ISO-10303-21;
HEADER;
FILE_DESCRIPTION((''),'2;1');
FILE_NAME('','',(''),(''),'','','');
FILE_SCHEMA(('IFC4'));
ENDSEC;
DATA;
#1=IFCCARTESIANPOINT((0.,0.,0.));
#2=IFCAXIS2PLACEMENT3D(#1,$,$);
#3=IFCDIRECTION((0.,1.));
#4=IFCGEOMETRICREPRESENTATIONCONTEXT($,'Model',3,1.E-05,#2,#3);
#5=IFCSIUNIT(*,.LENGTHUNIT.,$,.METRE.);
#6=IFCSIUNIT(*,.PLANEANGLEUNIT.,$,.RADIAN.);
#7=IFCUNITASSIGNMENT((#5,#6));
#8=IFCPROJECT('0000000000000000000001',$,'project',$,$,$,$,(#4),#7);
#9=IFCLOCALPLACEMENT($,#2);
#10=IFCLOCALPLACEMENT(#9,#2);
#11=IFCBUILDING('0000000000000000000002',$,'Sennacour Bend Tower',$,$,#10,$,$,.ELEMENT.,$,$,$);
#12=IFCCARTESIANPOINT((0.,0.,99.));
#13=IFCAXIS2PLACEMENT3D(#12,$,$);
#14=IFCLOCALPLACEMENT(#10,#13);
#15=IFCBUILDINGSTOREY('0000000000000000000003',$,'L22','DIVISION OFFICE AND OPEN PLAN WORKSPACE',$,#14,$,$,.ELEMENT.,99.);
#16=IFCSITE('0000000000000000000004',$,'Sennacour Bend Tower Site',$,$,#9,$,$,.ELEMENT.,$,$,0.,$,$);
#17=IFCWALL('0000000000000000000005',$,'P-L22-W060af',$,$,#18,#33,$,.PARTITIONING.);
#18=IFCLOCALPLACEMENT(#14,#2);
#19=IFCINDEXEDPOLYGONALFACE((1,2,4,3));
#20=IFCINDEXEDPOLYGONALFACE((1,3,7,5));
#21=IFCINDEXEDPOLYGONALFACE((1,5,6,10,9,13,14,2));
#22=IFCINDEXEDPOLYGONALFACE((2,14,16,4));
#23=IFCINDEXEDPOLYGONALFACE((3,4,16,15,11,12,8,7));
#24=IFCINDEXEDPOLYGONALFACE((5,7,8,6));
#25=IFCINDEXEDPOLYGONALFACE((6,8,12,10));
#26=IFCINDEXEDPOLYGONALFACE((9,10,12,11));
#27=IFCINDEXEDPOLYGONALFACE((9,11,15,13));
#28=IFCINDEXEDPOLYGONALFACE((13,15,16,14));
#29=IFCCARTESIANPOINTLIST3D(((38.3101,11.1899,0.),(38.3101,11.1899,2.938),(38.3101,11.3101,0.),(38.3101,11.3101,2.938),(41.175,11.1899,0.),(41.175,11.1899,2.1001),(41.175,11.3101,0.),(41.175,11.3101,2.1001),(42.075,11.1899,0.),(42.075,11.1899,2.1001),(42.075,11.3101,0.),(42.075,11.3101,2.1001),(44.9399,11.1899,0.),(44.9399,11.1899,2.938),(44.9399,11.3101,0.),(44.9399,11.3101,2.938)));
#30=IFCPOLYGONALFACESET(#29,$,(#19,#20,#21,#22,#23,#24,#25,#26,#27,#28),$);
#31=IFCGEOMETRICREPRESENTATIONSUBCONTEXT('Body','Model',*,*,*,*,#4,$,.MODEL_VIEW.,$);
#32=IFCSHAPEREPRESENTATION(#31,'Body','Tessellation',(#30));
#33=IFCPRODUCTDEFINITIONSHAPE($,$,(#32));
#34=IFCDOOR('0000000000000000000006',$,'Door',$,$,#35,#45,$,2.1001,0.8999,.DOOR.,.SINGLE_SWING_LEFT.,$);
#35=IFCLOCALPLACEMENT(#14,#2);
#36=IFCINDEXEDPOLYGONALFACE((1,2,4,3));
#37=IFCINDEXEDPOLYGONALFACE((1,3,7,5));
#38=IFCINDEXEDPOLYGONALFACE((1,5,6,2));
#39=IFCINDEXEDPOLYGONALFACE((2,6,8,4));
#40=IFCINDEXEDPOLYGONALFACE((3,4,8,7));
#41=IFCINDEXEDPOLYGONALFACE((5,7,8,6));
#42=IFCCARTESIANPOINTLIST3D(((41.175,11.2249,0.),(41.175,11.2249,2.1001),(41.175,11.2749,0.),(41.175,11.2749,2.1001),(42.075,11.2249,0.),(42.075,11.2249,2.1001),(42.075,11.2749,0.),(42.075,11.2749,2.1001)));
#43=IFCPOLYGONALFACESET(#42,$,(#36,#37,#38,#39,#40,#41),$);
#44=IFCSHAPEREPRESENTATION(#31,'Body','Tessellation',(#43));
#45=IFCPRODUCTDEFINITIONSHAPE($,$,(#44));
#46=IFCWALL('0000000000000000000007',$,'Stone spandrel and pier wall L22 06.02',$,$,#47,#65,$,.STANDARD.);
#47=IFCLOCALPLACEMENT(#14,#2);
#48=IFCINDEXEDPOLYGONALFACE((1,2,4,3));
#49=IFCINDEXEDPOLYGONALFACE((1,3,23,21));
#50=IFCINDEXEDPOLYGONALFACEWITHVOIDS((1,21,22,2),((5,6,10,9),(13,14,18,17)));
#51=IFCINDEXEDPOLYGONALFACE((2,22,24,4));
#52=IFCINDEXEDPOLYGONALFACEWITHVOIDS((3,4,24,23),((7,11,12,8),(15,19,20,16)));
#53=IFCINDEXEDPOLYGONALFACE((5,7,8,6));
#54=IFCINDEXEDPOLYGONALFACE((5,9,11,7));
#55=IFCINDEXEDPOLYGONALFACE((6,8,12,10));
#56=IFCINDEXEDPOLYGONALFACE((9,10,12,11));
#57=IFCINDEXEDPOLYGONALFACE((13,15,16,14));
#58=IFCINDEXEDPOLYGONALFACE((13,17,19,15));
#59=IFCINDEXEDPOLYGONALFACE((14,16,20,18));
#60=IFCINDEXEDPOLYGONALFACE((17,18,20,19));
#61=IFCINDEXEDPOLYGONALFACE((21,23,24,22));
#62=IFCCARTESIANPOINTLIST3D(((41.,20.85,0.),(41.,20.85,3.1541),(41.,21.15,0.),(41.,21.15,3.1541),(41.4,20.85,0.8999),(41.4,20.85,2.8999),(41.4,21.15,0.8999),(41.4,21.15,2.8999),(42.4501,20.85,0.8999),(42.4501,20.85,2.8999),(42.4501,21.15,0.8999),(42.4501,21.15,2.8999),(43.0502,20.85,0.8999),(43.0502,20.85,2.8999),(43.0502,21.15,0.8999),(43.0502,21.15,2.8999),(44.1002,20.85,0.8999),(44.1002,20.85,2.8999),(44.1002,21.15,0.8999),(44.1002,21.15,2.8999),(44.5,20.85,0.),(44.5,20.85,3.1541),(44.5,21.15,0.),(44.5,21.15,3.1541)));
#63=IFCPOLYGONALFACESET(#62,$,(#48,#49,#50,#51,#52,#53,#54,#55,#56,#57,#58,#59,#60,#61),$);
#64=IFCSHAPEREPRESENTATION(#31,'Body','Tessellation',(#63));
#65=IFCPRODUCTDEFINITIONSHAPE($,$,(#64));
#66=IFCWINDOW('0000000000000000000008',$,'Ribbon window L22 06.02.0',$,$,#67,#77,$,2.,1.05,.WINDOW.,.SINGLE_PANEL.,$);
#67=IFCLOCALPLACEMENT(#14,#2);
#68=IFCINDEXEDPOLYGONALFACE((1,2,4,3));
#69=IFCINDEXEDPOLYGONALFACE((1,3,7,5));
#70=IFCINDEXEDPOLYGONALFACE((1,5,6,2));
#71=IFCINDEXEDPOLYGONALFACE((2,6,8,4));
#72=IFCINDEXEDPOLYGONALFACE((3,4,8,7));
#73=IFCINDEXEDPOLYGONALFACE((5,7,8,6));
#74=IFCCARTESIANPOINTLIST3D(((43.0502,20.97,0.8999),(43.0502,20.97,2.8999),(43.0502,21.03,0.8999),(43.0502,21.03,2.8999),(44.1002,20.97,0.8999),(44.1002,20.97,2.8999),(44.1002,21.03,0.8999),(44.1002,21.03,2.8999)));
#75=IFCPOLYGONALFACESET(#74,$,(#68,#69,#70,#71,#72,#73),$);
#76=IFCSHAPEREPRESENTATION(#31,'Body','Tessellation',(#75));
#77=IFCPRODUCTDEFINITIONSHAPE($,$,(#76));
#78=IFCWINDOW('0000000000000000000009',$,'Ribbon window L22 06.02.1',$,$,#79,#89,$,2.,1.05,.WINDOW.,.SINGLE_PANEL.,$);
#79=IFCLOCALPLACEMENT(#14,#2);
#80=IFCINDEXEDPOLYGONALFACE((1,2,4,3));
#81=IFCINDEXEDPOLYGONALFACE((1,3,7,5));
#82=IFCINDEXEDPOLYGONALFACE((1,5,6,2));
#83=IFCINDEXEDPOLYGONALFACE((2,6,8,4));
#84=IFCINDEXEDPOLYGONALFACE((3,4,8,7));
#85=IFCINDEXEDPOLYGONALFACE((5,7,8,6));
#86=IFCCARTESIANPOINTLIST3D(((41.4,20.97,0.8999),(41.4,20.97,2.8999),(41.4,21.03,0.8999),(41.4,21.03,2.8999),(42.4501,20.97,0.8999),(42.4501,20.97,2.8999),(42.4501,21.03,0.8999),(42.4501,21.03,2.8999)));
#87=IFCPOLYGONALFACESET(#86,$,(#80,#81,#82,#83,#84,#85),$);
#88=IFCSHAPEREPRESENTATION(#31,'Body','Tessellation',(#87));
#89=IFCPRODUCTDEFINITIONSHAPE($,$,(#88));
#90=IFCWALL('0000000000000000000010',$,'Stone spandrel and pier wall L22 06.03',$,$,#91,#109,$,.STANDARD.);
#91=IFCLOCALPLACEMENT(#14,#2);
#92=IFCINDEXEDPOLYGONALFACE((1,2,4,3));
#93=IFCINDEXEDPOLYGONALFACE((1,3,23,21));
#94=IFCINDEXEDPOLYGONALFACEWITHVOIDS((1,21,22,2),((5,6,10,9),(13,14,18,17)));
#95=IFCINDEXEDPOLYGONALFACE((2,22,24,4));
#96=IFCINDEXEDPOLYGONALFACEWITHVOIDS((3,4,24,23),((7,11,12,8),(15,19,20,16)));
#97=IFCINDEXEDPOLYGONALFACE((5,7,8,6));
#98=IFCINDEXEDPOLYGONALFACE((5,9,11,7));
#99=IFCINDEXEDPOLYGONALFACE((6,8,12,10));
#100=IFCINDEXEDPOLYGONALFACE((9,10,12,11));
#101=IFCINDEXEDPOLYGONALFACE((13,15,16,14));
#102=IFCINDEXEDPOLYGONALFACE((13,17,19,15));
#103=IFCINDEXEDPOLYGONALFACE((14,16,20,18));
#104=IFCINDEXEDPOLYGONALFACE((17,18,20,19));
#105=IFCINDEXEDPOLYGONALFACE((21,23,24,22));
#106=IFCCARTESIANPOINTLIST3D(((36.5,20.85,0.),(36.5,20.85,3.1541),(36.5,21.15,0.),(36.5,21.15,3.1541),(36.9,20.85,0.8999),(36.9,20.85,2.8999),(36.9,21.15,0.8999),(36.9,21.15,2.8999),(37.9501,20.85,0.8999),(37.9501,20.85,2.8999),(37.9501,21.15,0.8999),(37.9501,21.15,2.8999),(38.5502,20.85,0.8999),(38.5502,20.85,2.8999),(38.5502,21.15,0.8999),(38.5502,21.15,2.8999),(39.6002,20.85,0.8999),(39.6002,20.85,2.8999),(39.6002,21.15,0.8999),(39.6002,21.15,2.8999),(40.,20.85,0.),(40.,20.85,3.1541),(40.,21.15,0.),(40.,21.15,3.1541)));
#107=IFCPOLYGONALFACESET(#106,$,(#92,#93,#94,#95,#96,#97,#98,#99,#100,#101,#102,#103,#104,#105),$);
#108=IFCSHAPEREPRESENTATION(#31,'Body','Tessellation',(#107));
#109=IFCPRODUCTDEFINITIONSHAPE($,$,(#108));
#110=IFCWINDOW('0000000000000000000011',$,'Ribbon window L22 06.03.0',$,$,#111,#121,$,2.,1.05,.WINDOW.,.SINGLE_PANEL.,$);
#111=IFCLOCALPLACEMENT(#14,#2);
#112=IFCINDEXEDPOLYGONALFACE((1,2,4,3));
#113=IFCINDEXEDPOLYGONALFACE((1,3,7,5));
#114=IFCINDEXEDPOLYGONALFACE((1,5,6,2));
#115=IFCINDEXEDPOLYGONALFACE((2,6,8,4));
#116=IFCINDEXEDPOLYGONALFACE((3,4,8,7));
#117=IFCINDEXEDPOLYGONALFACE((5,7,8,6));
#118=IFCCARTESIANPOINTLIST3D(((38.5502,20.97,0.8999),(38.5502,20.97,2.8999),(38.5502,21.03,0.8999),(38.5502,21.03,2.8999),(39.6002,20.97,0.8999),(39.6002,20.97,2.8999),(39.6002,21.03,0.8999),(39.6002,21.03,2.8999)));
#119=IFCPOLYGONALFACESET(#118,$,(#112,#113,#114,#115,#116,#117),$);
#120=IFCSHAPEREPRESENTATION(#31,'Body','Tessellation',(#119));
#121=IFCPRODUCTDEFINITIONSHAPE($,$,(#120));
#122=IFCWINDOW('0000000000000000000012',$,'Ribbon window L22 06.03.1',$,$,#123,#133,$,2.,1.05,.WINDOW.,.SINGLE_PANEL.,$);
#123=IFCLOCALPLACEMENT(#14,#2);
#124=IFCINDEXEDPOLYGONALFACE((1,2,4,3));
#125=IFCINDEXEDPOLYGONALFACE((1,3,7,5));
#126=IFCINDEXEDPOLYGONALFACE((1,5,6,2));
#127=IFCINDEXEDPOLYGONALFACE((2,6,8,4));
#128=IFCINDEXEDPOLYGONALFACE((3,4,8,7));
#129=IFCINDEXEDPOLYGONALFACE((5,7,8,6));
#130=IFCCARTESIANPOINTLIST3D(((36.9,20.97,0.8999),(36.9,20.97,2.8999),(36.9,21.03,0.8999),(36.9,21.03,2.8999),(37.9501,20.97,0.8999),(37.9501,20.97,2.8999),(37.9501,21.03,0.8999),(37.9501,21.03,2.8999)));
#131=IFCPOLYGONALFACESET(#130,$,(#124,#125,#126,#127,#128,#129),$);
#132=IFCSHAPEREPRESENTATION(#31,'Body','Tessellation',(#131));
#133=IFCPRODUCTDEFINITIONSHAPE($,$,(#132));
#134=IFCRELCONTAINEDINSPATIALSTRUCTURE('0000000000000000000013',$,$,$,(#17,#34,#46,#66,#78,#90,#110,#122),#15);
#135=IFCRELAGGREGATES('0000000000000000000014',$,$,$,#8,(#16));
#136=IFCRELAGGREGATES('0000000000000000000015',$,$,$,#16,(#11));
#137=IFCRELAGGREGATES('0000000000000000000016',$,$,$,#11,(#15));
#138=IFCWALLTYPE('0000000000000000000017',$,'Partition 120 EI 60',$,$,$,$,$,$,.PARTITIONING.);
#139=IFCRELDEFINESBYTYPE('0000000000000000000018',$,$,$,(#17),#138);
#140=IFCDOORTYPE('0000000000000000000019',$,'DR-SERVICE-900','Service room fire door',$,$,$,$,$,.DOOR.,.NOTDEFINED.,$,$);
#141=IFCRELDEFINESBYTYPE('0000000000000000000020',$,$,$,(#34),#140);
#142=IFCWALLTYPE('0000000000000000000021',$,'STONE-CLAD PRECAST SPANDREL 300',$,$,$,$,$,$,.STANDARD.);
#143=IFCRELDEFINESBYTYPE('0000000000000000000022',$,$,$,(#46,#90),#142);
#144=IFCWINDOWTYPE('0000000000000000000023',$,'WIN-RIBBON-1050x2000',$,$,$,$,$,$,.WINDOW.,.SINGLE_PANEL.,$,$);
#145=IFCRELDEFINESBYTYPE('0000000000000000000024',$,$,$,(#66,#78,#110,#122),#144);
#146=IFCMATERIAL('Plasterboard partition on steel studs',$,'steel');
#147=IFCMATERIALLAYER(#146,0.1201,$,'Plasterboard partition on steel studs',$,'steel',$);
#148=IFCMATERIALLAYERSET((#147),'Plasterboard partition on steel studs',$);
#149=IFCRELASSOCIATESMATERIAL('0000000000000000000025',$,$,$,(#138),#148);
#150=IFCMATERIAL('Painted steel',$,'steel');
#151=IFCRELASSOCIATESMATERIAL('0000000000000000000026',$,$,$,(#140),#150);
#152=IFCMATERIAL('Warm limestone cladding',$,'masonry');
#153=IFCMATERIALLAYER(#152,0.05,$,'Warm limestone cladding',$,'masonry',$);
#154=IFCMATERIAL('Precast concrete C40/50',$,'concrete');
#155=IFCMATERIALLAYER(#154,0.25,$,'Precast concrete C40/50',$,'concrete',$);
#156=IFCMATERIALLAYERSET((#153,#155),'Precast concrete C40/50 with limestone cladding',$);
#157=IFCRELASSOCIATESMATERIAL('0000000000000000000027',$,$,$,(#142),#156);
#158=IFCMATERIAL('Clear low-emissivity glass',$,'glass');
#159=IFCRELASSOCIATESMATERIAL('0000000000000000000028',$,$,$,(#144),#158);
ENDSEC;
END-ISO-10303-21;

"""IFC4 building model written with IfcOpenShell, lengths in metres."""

from ifc_helpers import new_model, si_unit, direction, frame, frame_2d, origin, place, context, subcontext, project, spatial, rectangle, extrude, material, layer, layer_set, type_object, element, fill, save


model = new_model("IFC4")

# Units and contexts
model_context = context("Model", 3, precision=1e-05, world=origin(), true_north=direction((0.0, 1.0)))
body_context = subcontext(model_context, "Body", "Model", "MODEL_VIEW")
ifc_project = project(units=[si_unit("LENGTHUNIT", "METRE"), si_unit("PLANEANGLEUNIT", "RADIAN")], contexts=[model_context])

# Site, building, storey
site_placement = place(None, origin())
site = spatial("IfcSite", under=ifc_project, at=site_placement, Name="Sennacour Bend Tower Site", CompositionType="ELEMENT", RefElevation=0.0)
building_placement = place(site_placement, origin())
building = spatial("IfcBuilding", under=site, at=building_placement, Name="Sennacour Bend Tower", CompositionType="ELEMENT")
storey_placement = place(building_placement, frame((0.0, 0.0, 99.0)))
storey = spatial("IfcBuildingStorey", under=building, at=storey_placement, Name="L22", Description="DIVISION OFFICE AND OPEN PLAN WORKSPACE", CompositionType="ELEMENT", Elevation=99.0)

# Shared definitions
ifc_material_1 = material(Name="Plasterboard partition on steel studs", Category="steel")

# Wall, opening, door
ifc_layer_1 = layer(ifc_material_1, 0.1201, Name="Plasterboard partition on steel studs", Category="steel")
ifc_layer_set_1 = layer_set([ifc_layer_1], Name="Plasterboard partition on steel studs")
wall_type_1 = type_object("IfcWallType", Name="Partition 120 EI 60", PredefinedType="PARTITIONING", material=ifc_layer_set_1)
wall_1_placement = place(storey_placement, frame((38.3101, 11.25, 0.0), z_axis=(0.0, 0.0, 1.0), x_axis=(1.0, 0.0, 0.0)))
wall_1 = element("IfcWall", 1, at=wall_1_placement, inside=storey, type_object=wall_type_1, Name="P-L22-W060af", PredefinedType="PARTITIONING", context=body_context, shape_type="SweptSolid", body=[
    extrude(rectangle(XDim=6.6299, YDim=0.1201, at=frame_2d((3.3149, 0.0))), origin(), (0.0, 0.0, 1.0), 2.938),
])
opening_1_placement = place(wall_1_placement, frame((2.865, 0.0, 0.0)))
opening_1 = element("IfcOpeningElement", 2, at=opening_1_placement, cuts=wall_1, PredefinedType="OPENING", context=body_context, shape_type="SweptSolid", body=[
    extrude(rectangle(XDim=0.8999, YDim=2.1001, at=frame_2d((0.45, 1.05))), frame((0.0, 0.0701, 0.0), z_axis=(0.0, -1.0, 0.0), x_axis=(1.0, 0.0, 0.0)), (0.0, 0.0, 1.0), 0.1401),
])
ifc_material_2 = material(Name="Painted steel", Category="steel")
door_type = type_object("IfcDoorType", Name="DR-SERVICE-900", Description="Service room fire door", OperationType="NOTDEFINED", PredefinedType="DOOR", material=ifc_material_2)
door_placement = place(opening_1_placement, origin())
door = element("IfcDoor", 3, at=door_placement, inside=storey, type_object=door_type, Name="Door", OperationType="SINGLE_SWING_LEFT", OverallHeight=2.1001, OverallWidth=0.8999, PredefinedType="DOOR", context=body_context, shape_type="SweptSolid", body=[
    extrude(rectangle(XDim=0.8999, YDim=2.1001, at=frame_2d((0.45, 1.05))), frame((0.0, 0.0249, 0.0), z_axis=(0.0, -1.0, 0.0), x_axis=(1.0, 0.0, 0.0)), (0.0, 0.0, 1.0), 0.05),
])
fill(opening_1, door)

# Walls, openings, windows
ifc_material_3 = material(Name="Warm limestone cladding", Category="masonry")
ifc_layer_2 = layer(ifc_material_3, 0.05, Name="Warm limestone cladding", Category="masonry")
ifc_material_4 = material(Name="Precast concrete C40/50", Category="concrete")
ifc_layer_3 = layer(ifc_material_4, 0.25, Name="Precast concrete C40/50", Category="concrete")
ifc_layer_set_2 = layer_set([ifc_layer_2, ifc_layer_3], Name="Precast concrete C40/50 with limestone cladding")
wall_type_2 = type_object("IfcWallType", Name="STONE-CLAD PRECAST SPANDREL 300", PredefinedType="STANDARD", material=ifc_layer_set_2)
wall_2_placement = place(storey_placement, frame((44.5, 21.0, 0.0), z_axis=(0.0, 0.0, 1.0), x_axis=(-1.0, 0.0, 0.0)))
wall_2 = element("IfcWall", 4, at=wall_2_placement, inside=storey, type_object=wall_type_2, Name="Stone spandrel and pier wall L22 06.02", PredefinedType="STANDARD", context=body_context, shape_type="SweptSolid", body=[
    extrude(rectangle(XDim=3.5, YDim=0.3, at=frame_2d((1.75, 0.0))), origin(), (0.0, 0.0, 1.0), 3.1541),
])
opening_2_placement = place(wall_2_placement, frame((0.3999, 0.0, 0.8999)))
opening_2 = element("IfcOpeningElement", 5, at=opening_2_placement, cuts=wall_2, PredefinedType="OPENING", context=body_context, shape_type="SweptSolid", body=[
    extrude(rectangle(XDim=1.05, YDim=2.0, at=frame_2d((0.5249, 1.0))), frame((0.0, 0.1602, 0.0), z_axis=(0.0, -1.0, 0.0), x_axis=(1.0, 0.0, 0.0)), (0.0, 0.0, 1.0), 0.3201),
])
opening_3_placement = place(wall_2_placement, frame((2.05, 0.0, 0.8999)))
opening_3 = element("IfcOpeningElement", 6, at=opening_3_placement, cuts=wall_2, PredefinedType="OPENING", context=body_context, shape_type="SweptSolid", body=[
    extrude(rectangle(XDim=1.05, YDim=2.0, at=frame_2d((0.5249, 1.0))), frame((0.0, 0.1602, 0.0), z_axis=(0.0, -1.0, 0.0), x_axis=(1.0, 0.0, 0.0)), (0.0, 0.0, 1.0), 0.3201),
])
ifc_material_5 = material(Name="Clear low-emissivity glass", Category="glass")
window_type = type_object("IfcWindowType", Name="WIN-RIBBON-1050x2000", PartitioningType="SINGLE_PANEL", PredefinedType="WINDOW", material=ifc_material_5)
window_1_placement = place(opening_2_placement, origin())
window_1 = element("IfcWindow", 7, at=window_1_placement, inside=storey, type_object=window_type, Name="Ribbon window L22 06.02.0", OverallHeight=2.0, OverallWidth=1.05, PartitioningType="SINGLE_PANEL", PredefinedType="WINDOW", context=body_context, shape_type="SweptSolid", body=[
    extrude(rectangle(XDim=1.05, YDim=2.0, at=frame_2d((0.5249, 1.0))), frame((0.0, 0.03, 0.0), z_axis=(0.0, -1.0, 0.0), x_axis=(1.0, 0.0, 0.0)), (0.0, 0.0, 1.0), 0.0601),
])
fill(opening_2, window_1)
window_2_placement = place(opening_3_placement, origin())
window_2 = element("IfcWindow", 8, at=window_2_placement, inside=storey, type_object=window_type, Name="Ribbon window L22 06.02.1", OverallHeight=2.0, OverallWidth=1.05, PartitioningType="SINGLE_PANEL", PredefinedType="WINDOW", context=body_context, shape_type="SweptSolid", body=[
    extrude(rectangle(XDim=1.05, YDim=2.0, at=frame_2d((0.5249, 1.0))), frame((0.0, 0.03, 0.0), z_axis=(0.0, -1.0, 0.0), x_axis=(1.0, 0.0, 0.0)), (0.0, 0.0, 1.0), 0.0601),
])
fill(opening_3, window_2)
wall_3_placement = place(storey_placement, frame((40.0, 21.0, 0.0), z_axis=(0.0, 0.0, 1.0), x_axis=(-1.0, 0.0, 0.0)))
wall_3 = element("IfcWall", 9, at=wall_3_placement, inside=storey, type_object=wall_type_2, Name="Stone spandrel and pier wall L22 06.03", PredefinedType="STANDARD", context=body_context, shape_type="SweptSolid", body=[
    extrude(rectangle(XDim=3.5, YDim=0.3, at=frame_2d((1.75, 0.0))), origin(), (0.0, 0.0, 1.0), 3.1541),
])
opening_4_placement = place(wall_3_placement, frame((0.3999, 0.0, 0.8999)))
opening_4 = element("IfcOpeningElement", 10, at=opening_4_placement, cuts=wall_3, PredefinedType="OPENING", context=body_context, shape_type="SweptSolid", body=[
    extrude(rectangle(XDim=1.05, YDim=2.0, at=frame_2d((0.5249, 1.0))), frame((0.0, 0.1602, 0.0), z_axis=(0.0, -1.0, 0.0), x_axis=(1.0, 0.0, 0.0)), (0.0, 0.0, 1.0), 0.3201),
])
opening_5_placement = place(wall_3_placement, frame((2.05, 0.0, 0.8999)))
opening_5 = element("IfcOpeningElement", 11, at=opening_5_placement, cuts=wall_3, PredefinedType="OPENING", context=body_context, shape_type="SweptSolid", body=[
    extrude(rectangle(XDim=1.05, YDim=2.0, at=frame_2d((0.5249, 1.0))), frame((0.0, 0.1602, 0.0), z_axis=(0.0, -1.0, 0.0), x_axis=(1.0, 0.0, 0.0)), (0.0, 0.0, 1.0), 0.3201),
])
window_3_placement = place(opening_4_placement, origin())
window_3 = element("IfcWindow", 12, at=window_3_placement, inside=storey, type_object=window_type, Name="Ribbon window L22 06.03.0", OverallHeight=2.0, OverallWidth=1.05, PartitioningType="SINGLE_PANEL", PredefinedType="WINDOW", context=body_context, shape_type="SweptSolid", body=[
    extrude(rectangle(XDim=1.05, YDim=2.0, at=frame_2d((0.5249, 1.0))), frame((0.0, 0.03, 0.0), z_axis=(0.0, -1.0, 0.0), x_axis=(1.0, 0.0, 0.0)), (0.0, 0.0, 1.0), 0.0601),
])
fill(opening_4, window_3)
window_4_placement = place(opening_5_placement, origin())
window_4 = element("IfcWindow", 13, at=window_4_placement, inside=storey, type_object=window_type, Name="Ribbon window L22 06.03.1", OverallHeight=2.0, OverallWidth=1.05, PartitioningType="SINGLE_PANEL", PredefinedType="WINDOW", context=body_context, shape_type="SweptSolid", body=[
    extrude(rectangle(XDim=1.05, YDim=2.0, at=frame_2d((0.5249, 1.0))), frame((0.0, 0.03, 0.0), z_axis=(0.0, -1.0, 0.0), x_axis=(1.0, 0.0, 0.0)), (0.0, 0.0, 1.0), 0.0601),
])
fill(opening_5, window_4)

save(model, "model.ifc")
